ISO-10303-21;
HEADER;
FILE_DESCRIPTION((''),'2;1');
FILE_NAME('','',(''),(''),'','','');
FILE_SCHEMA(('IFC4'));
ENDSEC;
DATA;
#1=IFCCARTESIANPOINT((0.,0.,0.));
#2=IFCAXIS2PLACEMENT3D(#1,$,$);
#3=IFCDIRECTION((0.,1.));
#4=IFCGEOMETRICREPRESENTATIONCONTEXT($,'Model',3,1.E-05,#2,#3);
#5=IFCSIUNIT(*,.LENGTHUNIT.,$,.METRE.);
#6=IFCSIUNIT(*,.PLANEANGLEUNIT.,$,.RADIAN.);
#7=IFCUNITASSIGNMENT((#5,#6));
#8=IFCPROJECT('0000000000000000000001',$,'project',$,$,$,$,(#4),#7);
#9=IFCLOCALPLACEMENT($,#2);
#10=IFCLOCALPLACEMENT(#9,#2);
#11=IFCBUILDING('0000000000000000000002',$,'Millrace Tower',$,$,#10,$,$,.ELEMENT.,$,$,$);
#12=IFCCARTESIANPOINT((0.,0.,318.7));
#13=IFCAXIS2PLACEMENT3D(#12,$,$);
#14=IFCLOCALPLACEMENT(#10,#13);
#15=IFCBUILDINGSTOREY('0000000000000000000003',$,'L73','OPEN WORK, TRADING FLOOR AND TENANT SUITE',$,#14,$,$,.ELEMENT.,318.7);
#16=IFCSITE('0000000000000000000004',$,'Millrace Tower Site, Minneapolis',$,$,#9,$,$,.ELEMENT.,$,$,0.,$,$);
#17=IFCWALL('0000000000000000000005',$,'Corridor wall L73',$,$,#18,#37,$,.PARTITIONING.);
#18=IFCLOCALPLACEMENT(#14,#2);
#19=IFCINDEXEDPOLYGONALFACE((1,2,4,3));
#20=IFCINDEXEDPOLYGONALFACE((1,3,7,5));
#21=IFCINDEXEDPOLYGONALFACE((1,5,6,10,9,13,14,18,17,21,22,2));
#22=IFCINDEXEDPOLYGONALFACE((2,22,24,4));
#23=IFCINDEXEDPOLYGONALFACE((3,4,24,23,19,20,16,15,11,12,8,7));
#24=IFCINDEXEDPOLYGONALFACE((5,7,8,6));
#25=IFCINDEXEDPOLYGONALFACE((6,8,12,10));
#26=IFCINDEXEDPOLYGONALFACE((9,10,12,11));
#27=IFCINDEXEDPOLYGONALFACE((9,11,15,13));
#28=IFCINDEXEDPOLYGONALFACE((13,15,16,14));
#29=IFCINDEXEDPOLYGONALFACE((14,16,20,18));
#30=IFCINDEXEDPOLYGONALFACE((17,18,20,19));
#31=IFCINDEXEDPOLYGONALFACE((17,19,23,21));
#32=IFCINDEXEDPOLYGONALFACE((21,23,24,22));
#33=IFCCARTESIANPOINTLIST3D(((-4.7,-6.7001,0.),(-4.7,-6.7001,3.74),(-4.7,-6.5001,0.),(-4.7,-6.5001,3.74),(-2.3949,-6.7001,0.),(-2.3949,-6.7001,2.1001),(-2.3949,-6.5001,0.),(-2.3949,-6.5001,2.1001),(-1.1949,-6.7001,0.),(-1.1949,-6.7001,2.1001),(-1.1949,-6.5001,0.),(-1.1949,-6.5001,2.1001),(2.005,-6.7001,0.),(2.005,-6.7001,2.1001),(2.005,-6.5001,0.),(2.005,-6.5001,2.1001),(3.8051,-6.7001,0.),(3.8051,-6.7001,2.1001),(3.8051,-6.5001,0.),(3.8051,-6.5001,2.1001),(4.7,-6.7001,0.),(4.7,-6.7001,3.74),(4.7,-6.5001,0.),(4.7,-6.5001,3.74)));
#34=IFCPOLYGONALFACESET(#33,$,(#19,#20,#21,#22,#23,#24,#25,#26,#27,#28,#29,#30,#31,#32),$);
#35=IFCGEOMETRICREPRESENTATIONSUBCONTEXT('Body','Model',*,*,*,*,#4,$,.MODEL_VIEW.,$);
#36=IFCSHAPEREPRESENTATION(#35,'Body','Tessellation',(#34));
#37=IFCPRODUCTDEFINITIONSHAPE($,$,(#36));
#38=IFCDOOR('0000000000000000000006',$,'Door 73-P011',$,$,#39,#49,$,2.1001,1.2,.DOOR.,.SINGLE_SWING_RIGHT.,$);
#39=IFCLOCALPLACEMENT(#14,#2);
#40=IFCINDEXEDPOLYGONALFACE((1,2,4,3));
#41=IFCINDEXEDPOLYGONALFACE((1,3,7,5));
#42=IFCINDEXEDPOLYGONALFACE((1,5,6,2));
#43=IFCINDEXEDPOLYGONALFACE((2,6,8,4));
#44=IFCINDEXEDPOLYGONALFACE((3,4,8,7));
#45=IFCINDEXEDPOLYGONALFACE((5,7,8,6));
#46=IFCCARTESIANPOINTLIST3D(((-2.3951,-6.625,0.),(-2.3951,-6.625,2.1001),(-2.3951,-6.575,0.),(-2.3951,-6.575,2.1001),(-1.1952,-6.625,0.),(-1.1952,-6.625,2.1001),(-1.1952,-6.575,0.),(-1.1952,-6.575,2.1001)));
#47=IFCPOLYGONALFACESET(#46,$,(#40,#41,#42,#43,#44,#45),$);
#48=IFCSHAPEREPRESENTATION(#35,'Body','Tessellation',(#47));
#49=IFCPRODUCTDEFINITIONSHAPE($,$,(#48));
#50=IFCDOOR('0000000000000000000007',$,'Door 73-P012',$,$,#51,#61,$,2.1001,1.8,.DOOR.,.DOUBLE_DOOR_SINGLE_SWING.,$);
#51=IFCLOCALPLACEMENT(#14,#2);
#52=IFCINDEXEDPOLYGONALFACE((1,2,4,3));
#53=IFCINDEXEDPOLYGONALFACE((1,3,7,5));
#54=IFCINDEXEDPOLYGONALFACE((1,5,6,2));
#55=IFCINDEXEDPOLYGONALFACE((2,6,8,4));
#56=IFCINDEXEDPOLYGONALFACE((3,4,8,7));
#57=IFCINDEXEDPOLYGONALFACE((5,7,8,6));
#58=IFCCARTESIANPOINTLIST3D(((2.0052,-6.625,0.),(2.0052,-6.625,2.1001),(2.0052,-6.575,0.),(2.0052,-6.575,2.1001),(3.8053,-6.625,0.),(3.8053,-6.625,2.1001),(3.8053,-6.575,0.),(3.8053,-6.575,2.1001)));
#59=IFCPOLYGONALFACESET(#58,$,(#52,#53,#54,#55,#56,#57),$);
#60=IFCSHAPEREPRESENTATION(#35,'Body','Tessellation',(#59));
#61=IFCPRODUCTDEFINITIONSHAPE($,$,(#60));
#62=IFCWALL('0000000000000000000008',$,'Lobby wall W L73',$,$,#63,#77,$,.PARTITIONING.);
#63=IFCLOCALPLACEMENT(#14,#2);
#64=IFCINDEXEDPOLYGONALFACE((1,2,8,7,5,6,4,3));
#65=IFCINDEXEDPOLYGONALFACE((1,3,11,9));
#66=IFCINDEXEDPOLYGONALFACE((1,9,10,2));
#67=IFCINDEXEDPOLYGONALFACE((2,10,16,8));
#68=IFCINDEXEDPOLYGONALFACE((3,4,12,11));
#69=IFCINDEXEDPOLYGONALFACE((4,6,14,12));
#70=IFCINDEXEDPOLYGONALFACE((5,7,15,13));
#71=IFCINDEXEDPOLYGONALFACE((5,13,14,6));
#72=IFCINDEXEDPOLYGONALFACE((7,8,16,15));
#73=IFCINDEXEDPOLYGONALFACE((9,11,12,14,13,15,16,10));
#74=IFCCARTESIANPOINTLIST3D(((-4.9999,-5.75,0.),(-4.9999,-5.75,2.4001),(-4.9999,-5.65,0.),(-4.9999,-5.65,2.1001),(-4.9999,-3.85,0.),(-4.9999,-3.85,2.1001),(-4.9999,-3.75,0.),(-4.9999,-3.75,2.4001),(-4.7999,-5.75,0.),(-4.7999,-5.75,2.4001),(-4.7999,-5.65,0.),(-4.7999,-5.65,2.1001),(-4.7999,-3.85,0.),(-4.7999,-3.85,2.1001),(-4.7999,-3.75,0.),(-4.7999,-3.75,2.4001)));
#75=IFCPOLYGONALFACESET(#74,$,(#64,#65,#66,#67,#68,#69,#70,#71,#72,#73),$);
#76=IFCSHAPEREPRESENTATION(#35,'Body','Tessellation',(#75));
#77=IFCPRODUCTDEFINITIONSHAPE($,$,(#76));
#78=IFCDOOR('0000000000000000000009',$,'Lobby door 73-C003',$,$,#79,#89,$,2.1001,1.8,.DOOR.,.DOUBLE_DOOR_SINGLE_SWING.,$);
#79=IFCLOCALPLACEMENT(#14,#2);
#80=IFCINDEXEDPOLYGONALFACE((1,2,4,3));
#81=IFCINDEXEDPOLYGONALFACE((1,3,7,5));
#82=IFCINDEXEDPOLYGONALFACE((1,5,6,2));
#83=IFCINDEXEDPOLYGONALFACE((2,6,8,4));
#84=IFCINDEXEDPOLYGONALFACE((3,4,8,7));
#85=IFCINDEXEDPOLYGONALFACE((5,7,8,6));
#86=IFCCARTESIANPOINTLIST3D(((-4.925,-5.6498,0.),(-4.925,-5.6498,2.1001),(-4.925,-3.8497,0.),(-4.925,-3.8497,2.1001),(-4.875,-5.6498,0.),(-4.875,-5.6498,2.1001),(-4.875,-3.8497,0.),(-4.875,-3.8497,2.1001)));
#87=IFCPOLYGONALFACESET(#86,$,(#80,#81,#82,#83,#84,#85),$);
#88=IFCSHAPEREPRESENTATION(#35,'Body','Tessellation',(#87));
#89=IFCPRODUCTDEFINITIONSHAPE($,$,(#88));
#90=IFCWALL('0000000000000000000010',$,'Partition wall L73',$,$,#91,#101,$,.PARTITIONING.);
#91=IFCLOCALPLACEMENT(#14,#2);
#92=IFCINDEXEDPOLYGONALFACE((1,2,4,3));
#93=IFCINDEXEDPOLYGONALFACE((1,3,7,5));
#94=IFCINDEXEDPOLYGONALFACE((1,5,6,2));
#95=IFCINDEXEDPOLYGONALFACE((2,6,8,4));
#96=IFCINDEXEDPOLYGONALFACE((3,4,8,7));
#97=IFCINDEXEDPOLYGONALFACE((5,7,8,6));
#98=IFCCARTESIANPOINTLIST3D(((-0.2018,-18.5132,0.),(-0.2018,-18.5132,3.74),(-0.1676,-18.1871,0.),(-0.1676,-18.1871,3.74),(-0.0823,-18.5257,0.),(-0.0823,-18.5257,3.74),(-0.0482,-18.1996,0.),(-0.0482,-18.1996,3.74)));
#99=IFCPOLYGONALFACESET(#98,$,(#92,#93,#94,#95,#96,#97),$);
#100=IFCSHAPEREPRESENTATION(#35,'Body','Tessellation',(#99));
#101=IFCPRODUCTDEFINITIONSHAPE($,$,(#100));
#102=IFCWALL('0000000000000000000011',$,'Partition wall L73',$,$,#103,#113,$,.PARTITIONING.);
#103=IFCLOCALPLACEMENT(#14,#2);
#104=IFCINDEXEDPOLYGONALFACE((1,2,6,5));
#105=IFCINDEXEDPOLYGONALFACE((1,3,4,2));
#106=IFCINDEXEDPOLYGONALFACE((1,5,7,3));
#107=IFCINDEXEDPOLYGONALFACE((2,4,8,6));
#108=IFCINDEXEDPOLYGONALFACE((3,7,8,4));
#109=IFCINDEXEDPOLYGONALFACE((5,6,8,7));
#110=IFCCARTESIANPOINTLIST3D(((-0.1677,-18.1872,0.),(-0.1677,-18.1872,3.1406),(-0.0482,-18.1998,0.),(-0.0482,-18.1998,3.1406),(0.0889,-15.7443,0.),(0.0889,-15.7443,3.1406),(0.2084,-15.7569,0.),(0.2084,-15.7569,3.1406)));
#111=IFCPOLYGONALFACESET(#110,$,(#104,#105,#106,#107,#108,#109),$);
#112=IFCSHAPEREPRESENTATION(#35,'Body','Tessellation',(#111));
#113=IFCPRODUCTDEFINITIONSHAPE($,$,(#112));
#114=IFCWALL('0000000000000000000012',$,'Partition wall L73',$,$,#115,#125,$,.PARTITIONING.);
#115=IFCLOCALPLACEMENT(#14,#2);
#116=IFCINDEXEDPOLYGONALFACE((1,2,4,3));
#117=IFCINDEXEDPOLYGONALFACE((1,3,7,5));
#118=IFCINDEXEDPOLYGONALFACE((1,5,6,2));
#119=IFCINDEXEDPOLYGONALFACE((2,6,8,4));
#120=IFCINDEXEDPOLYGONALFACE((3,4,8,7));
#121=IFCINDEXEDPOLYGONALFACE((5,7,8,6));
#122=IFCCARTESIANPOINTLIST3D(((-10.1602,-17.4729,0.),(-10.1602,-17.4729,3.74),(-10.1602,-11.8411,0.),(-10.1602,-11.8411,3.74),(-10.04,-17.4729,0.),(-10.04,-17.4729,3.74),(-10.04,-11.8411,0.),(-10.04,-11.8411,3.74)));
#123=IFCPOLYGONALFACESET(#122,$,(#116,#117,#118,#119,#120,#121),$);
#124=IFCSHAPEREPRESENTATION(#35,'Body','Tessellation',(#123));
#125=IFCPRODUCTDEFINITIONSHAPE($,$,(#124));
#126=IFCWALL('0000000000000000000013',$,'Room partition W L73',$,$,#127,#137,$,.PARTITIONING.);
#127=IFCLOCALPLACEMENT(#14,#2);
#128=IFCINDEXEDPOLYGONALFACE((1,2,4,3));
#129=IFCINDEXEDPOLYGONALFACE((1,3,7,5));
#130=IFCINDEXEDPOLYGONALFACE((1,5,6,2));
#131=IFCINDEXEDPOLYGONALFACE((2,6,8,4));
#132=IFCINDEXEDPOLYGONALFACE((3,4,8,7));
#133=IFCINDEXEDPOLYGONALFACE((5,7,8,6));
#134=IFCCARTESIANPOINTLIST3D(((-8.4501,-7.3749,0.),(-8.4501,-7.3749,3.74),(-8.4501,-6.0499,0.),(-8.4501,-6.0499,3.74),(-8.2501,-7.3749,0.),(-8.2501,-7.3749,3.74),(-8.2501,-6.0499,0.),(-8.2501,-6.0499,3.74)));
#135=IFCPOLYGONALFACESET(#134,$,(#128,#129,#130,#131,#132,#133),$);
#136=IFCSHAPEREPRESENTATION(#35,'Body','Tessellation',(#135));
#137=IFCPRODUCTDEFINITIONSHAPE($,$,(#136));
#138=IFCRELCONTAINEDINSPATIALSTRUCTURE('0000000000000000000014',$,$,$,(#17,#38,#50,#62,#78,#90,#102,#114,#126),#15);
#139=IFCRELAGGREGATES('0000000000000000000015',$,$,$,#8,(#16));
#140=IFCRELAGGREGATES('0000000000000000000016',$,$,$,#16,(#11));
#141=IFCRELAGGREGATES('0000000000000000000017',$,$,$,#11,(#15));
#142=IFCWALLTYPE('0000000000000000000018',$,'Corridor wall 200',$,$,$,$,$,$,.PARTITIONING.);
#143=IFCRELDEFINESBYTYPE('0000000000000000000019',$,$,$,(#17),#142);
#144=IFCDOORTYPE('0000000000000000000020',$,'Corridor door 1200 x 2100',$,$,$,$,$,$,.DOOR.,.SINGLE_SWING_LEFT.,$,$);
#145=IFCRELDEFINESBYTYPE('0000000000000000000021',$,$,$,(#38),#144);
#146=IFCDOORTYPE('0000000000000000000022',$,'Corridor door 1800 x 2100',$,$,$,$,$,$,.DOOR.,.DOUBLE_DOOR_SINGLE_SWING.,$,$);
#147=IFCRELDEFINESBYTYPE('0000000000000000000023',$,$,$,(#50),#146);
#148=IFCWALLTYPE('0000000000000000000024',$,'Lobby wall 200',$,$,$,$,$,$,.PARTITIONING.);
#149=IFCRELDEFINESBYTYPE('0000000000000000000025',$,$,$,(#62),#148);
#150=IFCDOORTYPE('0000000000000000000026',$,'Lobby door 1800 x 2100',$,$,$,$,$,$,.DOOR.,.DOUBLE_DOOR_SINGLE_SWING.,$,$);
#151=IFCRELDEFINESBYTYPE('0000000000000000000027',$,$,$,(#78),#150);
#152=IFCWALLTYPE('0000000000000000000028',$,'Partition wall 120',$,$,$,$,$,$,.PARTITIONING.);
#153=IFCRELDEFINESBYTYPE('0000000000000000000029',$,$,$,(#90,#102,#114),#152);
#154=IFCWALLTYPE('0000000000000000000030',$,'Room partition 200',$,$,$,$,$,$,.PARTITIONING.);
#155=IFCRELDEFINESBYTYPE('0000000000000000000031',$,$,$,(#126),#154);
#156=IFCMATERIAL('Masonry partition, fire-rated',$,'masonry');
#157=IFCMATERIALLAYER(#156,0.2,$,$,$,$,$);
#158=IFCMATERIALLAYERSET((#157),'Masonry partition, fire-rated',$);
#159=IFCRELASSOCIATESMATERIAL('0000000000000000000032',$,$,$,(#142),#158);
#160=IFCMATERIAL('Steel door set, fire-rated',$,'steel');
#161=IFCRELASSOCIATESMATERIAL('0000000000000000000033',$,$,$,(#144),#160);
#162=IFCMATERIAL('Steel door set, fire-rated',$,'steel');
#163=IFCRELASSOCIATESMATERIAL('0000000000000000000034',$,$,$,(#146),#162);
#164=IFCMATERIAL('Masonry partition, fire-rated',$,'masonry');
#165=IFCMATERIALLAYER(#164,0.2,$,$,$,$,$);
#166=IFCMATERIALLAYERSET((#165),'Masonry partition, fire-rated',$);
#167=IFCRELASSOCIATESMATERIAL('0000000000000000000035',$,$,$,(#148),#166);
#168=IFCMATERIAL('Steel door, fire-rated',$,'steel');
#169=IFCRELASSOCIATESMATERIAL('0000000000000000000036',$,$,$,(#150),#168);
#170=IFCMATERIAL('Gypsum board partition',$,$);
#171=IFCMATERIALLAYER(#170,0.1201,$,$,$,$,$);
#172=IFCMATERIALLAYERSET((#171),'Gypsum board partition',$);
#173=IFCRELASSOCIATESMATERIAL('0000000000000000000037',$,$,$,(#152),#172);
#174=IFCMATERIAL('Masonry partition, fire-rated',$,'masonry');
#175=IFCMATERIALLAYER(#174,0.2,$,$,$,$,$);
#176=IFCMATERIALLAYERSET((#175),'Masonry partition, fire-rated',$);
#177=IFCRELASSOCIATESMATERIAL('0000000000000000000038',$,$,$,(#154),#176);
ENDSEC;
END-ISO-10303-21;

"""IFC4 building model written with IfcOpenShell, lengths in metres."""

from ifc_helpers import new_model, si_unit, direction, frame, frame_2d, origin, place, context, subcontext, project, spatial, rectangle, extrude, material, layer, layer_set, type_object, element, fill, save


model = new_model("IFC4")

# Units and contexts
model_context = context("Model", 3, precision=1e-05, world=origin(), true_north=direction((0.0, 1.0)))
body_context = subcontext(model_context, "Body", "Model", "MODEL_VIEW")
ifc_project = project(units=[si_unit("LENGTHUNIT", "METRE"), si_unit("PLANEANGLEUNIT", "RADIAN")], contexts=[model_context])

# Site, building, storey
site_placement = place(None, origin())
site = spatial("IfcSite", under=ifc_project, at=site_placement, Name="Millrace Tower Site, Minneapolis", CompositionType="ELEMENT", RefElevation=0.0)
building_placement = place(site_placement, origin())
building = spatial("IfcBuilding", under=site, at=building_placement, Name="Millrace Tower", CompositionType="ELEMENT")
storey_placement = place(building_placement, frame((0.0, 0.0, 318.7)))
storey = spatial("IfcBuildingStorey", under=building, at=storey_placement, Name="L73", Description="OPEN WORK, TRADING FLOOR AND TENANT SUITE", CompositionType="ELEMENT", Elevation=318.7)

# Wall, openings, doors
ifc_material_1 = material(Name="Masonry partition, fire-rated", Category="masonry")
ifc_layer_1 = layer(ifc_material_1, 0.2)
ifc_layer_set_1 = layer_set([ifc_layer_1], Name="Masonry partition, fire-rated")
wall_type_1 = type_object("IfcWallType", Name="Corridor wall 200", PredefinedType="PARTITIONING", material=ifc_layer_set_1)
wall_1_placement = place(storey_placement, frame((-4.7, -6.6001, 0.0), z_axis=(0.0, 0.0, 1.0), x_axis=(1.0, 0.0, 0.0)))
wall_1 = element("IfcWall", 1, at=wall_1_placement, inside=storey, type_object=wall_type_1, Name="Corridor wall L73", PredefinedType="PARTITIONING", context=body_context, shape_type="SweptSolid", body=[
    extrude(rectangle(XDim=9.3999, YDim=0.2, at=frame_2d((4.7, 0.0))), origin(), (0.0, 0.0, 1.0), 3.74),
])
opening_1_placement = place(wall_1_placement, frame((2.3049, 0.0, 0.0)))
opening_1 = element("IfcOpeningElement", 2, at=opening_1_placement, cuts=wall_1, PredefinedType="OPENING", context=body_context, shape_type="SweptSolid", body=[
    extrude(rectangle(XDim=1.2, YDim=2.1001, at=frame_2d((0.6001, 1.05))), frame((0.0, 0.1099, 0.0), z_axis=(0.0, -1.0, 0.0), x_axis=(1.0, 0.0, 0.0)), (0.0, 0.0, 1.0), 0.22),
])
opening_2_placement = place(wall_1_placement, frame((6.7051, 0.0, 0.0)))
opening_2 = element("IfcOpeningElement", 3, at=opening_2_placement, cuts=wall_1, PredefinedType="OPENING", context=body_context, shape_type="SweptSolid", body=[
    extrude(rectangle(XDim=1.8, YDim=2.1001, at=frame_2d((0.8999, 1.05))), frame((0.0, 0.1099, 0.0), z_axis=(0.0, -1.0, 0.0), x_axis=(1.0, 0.0, 0.0)), (0.0, 0.0, 1.0), 0.22),
])
ifc_material_2 = material(Name="Steel door set, fire-rated", Category="steel")
door_type_1 = type_object("IfcDoorType", Name="Corridor door 1200 x 2100", OperationType="SINGLE_SWING_LEFT", PredefinedType="DOOR", material=ifc_material_2)
door_1_placement = place(opening_1_placement, frame((1.2, 0.0, 0.0), z_axis=(0.0, 0.0, 1.0), x_axis=(-1.0, 0.0, 0.0)))
door_1 = element("IfcDoor", 4, at=door_1_placement, inside=storey, type_object=door_type_1, Name="Door 73-P011", OperationType="SINGLE_SWING_RIGHT", OverallHeight=2.1001, OverallWidth=1.2, PredefinedType="DOOR", context=body_context, shape_type="SweptSolid", body=[
    extrude(rectangle(XDim=1.2, YDim=2.1001, at=frame_2d((0.6001, 1.05))), frame((0.0, 0.0249, 0.0), z_axis=(0.0, -1.0, 0.0), x_axis=(1.0, 0.0, 0.0)), (0.0, 0.0, 1.0), 0.05),
])
fill(opening_1, door_1)
ifc_material_3 = material(Name="Steel door set, fire-rated", Category="steel")
door_type_2 = type_object("IfcDoorType", Name="Corridor door 1800 x 2100", OperationType="DOUBLE_DOOR_SINGLE_SWING", PredefinedType="DOOR", material=ifc_material_3)
door_2_placement = place(opening_2_placement, frame((1.8, 0.0, 0.0), z_axis=(0.0, 0.0, 1.0), x_axis=(-1.0, 0.0, 0.0)))
door_2 = element("IfcDoor", 5, at=door_2_placement, inside=storey, type_object=door_type_2, Name="Door 73-P012", OperationType="DOUBLE_DOOR_SINGLE_SWING", OverallHeight=2.1001, OverallWidth=1.8, PredefinedType="DOOR", context=body_context, shape_type="SweptSolid", body=[
    extrude(rectangle(XDim=1.8, YDim=2.1001, at=frame_2d((0.8999, 1.05))), frame((0.0, 0.0249, 0.0), z_axis=(0.0, -1.0, 0.0), x_axis=(1.0, 0.0, 0.0)), (0.0, 0.0, 1.0), 0.05),
])
fill(opening_2, door_2)

# Wall, opening, door
ifc_material_4 = material(Name="Masonry partition, fire-rated", Category="masonry")
ifc_layer_2 = layer(ifc_material_4, 0.2)
ifc_layer_set_2 = layer_set([ifc_layer_2], Name="Masonry partition, fire-rated")
wall_type_2 = type_object("IfcWallType", Name="Lobby wall 200", PredefinedType="PARTITIONING", material=ifc_layer_set_2)
wall_2_placement = place(storey_placement, frame((-4.8999, -5.75, 0.0), z_axis=(0.0, 0.0, 1.0), x_axis=(0.0, 1.0, 0.0)))
wall_2 = element("IfcWall", 6, at=wall_2_placement, inside=storey, type_object=wall_type_2, Name="Lobby wall W L73", PredefinedType="PARTITIONING", context=body_context, shape_type="SweptSolid", body=[
    extrude(rectangle(XDim=2.0, YDim=0.2, at=frame_2d((1.0, 0.0))), origin(), (0.0, 0.0, 1.0), 2.4001),
])
opening_3_placement = place(wall_2_placement, frame((0.1001, 0.0, 0.0)))
opening_3 = element("IfcOpeningElement", 7, at=opening_3_placement, cuts=wall_2, PredefinedType="OPENING", context=body_context, shape_type="SweptSolid", body=[
    extrude(rectangle(XDim=1.8, YDim=2.1001, at=frame_2d((0.8999, 1.05))), frame((0.0, 0.1099, 0.0), z_axis=(0.0, -1.0, 0.0), x_axis=(1.0, 0.0, 0.0)), (0.0, 0.0, 1.0), 0.22),
])
ifc_material_5 = material(Name="Steel door, fire-rated", Category="steel")
door_type_3 = type_object("IfcDoorType", Name="Lobby door 1800 x 2100", OperationType="DOUBLE_DOOR_SINGLE_SWING", PredefinedType="DOOR", material=ifc_material_5)
door_3_placement = place(opening_3_placement, frame((1.8, 0.0, 0.0), z_axis=(0.0, 0.0, 1.0), x_axis=(-1.0, 0.0, 0.0)))
door_3 = element("IfcDoor", 8, at=door_3_placement, inside=storey, type_object=door_type_3, Name="Lobby door 73-C003", OperationType="DOUBLE_DOOR_SINGLE_SWING", OverallHeight=2.1001, OverallWidth=1.8, PredefinedType="DOOR", context=body_context, shape_type="SweptSolid", body=[
    extrude(rectangle(XDim=1.8, YDim=2.1001, at=frame_2d((0.8999, 1.05))), frame((0.0, 0.0249, 0.0), z_axis=(0.0, -1.0, 0.0), x_axis=(1.0, 0.0, 0.0)), (0.0, 0.0, 1.0), 0.05),
])
fill(opening_3, door_3)

# Walls
ifc_material_6 = material(Name="Gypsum board partition")
ifc_layer_3 = layer(ifc_material_6, 0.1201)
ifc_layer_set_3 = layer_set([ifc_layer_3], Name="Gypsum board partition")
wall_type_3 = type_object("IfcWallType", Name="Partition wall 120", PredefinedType="PARTITIONING", material=ifc_layer_set_3)
wall_3_placement = place(storey_placement, frame((-0.1421, -18.5195, 0.0), z_axis=(0.0, 0.0, 1.0), x_axis=(0.10422, 0.994554, 0.0)))
element("IfcWall", 9, at=wall_3_placement, inside=storey, type_object=wall_type_3, Name="Partition wall L73", PredefinedType="PARTITIONING", context=body_context, shape_type="SweptSolid", body=[
    extrude(rectangle(XDim=0.3279, YDim=0.1201, at=frame_2d((0.1641, 0.0))), origin(), (0.0, 0.0, 1.0), 3.74),
])
wall_4_placement = place(storey_placement, frame((-0.1079, -18.1934, 0.0), z_axis=(0.0, 0.0, 1.0), x_axis=(0.104462, 0.994529, 0.0)))
element("IfcWall", 10, at=wall_4_placement, inside=storey, type_object=wall_type_3, Name="Partition wall L73", PredefinedType="PARTITIONING", context=body_context, shape_type="SweptSolid", body=[
    extrude(rectangle(XDim=2.4563, YDim=0.1201, at=frame_2d((1.228, 0.0))), origin(), (0.0, 0.0, 1.0), 3.1406),
])
wall_5_placement = place(storey_placement, frame((-10.1001, -17.4729, 0.0), z_axis=(0.0, 0.0, 1.0), x_axis=(0.0, 1.0, 0.0)))
element("IfcWall", 11, at=wall_5_placement, inside=storey, type_object=wall_type_3, Name="Partition wall L73", PredefinedType="PARTITIONING", context=body_context, shape_type="SweptSolid", body=[
    extrude(rectangle(XDim=5.6318, YDim=0.1201, at=frame_2d((2.8159, 0.0))), origin(), (0.0, 0.0, 1.0), 3.74),
])
ifc_material_7 = material(Name="Masonry partition, fire-rated", Category="masonry")
ifc_layer_4 = layer(ifc_material_7, 0.2)
ifc_layer_set_4 = layer_set([ifc_layer_4], Name="Masonry partition, fire-rated")
wall_type_4 = type_object("IfcWallType", Name="Room partition 200", PredefinedType="PARTITIONING", material=ifc_layer_set_4)
wall_6_placement = place(storey_placement, frame((-8.3501, -7.375, 0.0), z_axis=(0.0, 0.0, 1.0), x_axis=(0.0, 1.0, 0.0)))
element("IfcWall", 12, at=wall_6_placement, inside=storey, type_object=wall_type_4, Name="Room partition W L73", PredefinedType="PARTITIONING", context=body_context, shape_type="SweptSolid", body=[
    extrude(rectangle(XDim=1.325, YDim=0.2, at=frame_2d((0.6626, 0.0))), origin(), (0.0, 0.0, 1.0), 3.74),
])

save(model, "model.ifc")
